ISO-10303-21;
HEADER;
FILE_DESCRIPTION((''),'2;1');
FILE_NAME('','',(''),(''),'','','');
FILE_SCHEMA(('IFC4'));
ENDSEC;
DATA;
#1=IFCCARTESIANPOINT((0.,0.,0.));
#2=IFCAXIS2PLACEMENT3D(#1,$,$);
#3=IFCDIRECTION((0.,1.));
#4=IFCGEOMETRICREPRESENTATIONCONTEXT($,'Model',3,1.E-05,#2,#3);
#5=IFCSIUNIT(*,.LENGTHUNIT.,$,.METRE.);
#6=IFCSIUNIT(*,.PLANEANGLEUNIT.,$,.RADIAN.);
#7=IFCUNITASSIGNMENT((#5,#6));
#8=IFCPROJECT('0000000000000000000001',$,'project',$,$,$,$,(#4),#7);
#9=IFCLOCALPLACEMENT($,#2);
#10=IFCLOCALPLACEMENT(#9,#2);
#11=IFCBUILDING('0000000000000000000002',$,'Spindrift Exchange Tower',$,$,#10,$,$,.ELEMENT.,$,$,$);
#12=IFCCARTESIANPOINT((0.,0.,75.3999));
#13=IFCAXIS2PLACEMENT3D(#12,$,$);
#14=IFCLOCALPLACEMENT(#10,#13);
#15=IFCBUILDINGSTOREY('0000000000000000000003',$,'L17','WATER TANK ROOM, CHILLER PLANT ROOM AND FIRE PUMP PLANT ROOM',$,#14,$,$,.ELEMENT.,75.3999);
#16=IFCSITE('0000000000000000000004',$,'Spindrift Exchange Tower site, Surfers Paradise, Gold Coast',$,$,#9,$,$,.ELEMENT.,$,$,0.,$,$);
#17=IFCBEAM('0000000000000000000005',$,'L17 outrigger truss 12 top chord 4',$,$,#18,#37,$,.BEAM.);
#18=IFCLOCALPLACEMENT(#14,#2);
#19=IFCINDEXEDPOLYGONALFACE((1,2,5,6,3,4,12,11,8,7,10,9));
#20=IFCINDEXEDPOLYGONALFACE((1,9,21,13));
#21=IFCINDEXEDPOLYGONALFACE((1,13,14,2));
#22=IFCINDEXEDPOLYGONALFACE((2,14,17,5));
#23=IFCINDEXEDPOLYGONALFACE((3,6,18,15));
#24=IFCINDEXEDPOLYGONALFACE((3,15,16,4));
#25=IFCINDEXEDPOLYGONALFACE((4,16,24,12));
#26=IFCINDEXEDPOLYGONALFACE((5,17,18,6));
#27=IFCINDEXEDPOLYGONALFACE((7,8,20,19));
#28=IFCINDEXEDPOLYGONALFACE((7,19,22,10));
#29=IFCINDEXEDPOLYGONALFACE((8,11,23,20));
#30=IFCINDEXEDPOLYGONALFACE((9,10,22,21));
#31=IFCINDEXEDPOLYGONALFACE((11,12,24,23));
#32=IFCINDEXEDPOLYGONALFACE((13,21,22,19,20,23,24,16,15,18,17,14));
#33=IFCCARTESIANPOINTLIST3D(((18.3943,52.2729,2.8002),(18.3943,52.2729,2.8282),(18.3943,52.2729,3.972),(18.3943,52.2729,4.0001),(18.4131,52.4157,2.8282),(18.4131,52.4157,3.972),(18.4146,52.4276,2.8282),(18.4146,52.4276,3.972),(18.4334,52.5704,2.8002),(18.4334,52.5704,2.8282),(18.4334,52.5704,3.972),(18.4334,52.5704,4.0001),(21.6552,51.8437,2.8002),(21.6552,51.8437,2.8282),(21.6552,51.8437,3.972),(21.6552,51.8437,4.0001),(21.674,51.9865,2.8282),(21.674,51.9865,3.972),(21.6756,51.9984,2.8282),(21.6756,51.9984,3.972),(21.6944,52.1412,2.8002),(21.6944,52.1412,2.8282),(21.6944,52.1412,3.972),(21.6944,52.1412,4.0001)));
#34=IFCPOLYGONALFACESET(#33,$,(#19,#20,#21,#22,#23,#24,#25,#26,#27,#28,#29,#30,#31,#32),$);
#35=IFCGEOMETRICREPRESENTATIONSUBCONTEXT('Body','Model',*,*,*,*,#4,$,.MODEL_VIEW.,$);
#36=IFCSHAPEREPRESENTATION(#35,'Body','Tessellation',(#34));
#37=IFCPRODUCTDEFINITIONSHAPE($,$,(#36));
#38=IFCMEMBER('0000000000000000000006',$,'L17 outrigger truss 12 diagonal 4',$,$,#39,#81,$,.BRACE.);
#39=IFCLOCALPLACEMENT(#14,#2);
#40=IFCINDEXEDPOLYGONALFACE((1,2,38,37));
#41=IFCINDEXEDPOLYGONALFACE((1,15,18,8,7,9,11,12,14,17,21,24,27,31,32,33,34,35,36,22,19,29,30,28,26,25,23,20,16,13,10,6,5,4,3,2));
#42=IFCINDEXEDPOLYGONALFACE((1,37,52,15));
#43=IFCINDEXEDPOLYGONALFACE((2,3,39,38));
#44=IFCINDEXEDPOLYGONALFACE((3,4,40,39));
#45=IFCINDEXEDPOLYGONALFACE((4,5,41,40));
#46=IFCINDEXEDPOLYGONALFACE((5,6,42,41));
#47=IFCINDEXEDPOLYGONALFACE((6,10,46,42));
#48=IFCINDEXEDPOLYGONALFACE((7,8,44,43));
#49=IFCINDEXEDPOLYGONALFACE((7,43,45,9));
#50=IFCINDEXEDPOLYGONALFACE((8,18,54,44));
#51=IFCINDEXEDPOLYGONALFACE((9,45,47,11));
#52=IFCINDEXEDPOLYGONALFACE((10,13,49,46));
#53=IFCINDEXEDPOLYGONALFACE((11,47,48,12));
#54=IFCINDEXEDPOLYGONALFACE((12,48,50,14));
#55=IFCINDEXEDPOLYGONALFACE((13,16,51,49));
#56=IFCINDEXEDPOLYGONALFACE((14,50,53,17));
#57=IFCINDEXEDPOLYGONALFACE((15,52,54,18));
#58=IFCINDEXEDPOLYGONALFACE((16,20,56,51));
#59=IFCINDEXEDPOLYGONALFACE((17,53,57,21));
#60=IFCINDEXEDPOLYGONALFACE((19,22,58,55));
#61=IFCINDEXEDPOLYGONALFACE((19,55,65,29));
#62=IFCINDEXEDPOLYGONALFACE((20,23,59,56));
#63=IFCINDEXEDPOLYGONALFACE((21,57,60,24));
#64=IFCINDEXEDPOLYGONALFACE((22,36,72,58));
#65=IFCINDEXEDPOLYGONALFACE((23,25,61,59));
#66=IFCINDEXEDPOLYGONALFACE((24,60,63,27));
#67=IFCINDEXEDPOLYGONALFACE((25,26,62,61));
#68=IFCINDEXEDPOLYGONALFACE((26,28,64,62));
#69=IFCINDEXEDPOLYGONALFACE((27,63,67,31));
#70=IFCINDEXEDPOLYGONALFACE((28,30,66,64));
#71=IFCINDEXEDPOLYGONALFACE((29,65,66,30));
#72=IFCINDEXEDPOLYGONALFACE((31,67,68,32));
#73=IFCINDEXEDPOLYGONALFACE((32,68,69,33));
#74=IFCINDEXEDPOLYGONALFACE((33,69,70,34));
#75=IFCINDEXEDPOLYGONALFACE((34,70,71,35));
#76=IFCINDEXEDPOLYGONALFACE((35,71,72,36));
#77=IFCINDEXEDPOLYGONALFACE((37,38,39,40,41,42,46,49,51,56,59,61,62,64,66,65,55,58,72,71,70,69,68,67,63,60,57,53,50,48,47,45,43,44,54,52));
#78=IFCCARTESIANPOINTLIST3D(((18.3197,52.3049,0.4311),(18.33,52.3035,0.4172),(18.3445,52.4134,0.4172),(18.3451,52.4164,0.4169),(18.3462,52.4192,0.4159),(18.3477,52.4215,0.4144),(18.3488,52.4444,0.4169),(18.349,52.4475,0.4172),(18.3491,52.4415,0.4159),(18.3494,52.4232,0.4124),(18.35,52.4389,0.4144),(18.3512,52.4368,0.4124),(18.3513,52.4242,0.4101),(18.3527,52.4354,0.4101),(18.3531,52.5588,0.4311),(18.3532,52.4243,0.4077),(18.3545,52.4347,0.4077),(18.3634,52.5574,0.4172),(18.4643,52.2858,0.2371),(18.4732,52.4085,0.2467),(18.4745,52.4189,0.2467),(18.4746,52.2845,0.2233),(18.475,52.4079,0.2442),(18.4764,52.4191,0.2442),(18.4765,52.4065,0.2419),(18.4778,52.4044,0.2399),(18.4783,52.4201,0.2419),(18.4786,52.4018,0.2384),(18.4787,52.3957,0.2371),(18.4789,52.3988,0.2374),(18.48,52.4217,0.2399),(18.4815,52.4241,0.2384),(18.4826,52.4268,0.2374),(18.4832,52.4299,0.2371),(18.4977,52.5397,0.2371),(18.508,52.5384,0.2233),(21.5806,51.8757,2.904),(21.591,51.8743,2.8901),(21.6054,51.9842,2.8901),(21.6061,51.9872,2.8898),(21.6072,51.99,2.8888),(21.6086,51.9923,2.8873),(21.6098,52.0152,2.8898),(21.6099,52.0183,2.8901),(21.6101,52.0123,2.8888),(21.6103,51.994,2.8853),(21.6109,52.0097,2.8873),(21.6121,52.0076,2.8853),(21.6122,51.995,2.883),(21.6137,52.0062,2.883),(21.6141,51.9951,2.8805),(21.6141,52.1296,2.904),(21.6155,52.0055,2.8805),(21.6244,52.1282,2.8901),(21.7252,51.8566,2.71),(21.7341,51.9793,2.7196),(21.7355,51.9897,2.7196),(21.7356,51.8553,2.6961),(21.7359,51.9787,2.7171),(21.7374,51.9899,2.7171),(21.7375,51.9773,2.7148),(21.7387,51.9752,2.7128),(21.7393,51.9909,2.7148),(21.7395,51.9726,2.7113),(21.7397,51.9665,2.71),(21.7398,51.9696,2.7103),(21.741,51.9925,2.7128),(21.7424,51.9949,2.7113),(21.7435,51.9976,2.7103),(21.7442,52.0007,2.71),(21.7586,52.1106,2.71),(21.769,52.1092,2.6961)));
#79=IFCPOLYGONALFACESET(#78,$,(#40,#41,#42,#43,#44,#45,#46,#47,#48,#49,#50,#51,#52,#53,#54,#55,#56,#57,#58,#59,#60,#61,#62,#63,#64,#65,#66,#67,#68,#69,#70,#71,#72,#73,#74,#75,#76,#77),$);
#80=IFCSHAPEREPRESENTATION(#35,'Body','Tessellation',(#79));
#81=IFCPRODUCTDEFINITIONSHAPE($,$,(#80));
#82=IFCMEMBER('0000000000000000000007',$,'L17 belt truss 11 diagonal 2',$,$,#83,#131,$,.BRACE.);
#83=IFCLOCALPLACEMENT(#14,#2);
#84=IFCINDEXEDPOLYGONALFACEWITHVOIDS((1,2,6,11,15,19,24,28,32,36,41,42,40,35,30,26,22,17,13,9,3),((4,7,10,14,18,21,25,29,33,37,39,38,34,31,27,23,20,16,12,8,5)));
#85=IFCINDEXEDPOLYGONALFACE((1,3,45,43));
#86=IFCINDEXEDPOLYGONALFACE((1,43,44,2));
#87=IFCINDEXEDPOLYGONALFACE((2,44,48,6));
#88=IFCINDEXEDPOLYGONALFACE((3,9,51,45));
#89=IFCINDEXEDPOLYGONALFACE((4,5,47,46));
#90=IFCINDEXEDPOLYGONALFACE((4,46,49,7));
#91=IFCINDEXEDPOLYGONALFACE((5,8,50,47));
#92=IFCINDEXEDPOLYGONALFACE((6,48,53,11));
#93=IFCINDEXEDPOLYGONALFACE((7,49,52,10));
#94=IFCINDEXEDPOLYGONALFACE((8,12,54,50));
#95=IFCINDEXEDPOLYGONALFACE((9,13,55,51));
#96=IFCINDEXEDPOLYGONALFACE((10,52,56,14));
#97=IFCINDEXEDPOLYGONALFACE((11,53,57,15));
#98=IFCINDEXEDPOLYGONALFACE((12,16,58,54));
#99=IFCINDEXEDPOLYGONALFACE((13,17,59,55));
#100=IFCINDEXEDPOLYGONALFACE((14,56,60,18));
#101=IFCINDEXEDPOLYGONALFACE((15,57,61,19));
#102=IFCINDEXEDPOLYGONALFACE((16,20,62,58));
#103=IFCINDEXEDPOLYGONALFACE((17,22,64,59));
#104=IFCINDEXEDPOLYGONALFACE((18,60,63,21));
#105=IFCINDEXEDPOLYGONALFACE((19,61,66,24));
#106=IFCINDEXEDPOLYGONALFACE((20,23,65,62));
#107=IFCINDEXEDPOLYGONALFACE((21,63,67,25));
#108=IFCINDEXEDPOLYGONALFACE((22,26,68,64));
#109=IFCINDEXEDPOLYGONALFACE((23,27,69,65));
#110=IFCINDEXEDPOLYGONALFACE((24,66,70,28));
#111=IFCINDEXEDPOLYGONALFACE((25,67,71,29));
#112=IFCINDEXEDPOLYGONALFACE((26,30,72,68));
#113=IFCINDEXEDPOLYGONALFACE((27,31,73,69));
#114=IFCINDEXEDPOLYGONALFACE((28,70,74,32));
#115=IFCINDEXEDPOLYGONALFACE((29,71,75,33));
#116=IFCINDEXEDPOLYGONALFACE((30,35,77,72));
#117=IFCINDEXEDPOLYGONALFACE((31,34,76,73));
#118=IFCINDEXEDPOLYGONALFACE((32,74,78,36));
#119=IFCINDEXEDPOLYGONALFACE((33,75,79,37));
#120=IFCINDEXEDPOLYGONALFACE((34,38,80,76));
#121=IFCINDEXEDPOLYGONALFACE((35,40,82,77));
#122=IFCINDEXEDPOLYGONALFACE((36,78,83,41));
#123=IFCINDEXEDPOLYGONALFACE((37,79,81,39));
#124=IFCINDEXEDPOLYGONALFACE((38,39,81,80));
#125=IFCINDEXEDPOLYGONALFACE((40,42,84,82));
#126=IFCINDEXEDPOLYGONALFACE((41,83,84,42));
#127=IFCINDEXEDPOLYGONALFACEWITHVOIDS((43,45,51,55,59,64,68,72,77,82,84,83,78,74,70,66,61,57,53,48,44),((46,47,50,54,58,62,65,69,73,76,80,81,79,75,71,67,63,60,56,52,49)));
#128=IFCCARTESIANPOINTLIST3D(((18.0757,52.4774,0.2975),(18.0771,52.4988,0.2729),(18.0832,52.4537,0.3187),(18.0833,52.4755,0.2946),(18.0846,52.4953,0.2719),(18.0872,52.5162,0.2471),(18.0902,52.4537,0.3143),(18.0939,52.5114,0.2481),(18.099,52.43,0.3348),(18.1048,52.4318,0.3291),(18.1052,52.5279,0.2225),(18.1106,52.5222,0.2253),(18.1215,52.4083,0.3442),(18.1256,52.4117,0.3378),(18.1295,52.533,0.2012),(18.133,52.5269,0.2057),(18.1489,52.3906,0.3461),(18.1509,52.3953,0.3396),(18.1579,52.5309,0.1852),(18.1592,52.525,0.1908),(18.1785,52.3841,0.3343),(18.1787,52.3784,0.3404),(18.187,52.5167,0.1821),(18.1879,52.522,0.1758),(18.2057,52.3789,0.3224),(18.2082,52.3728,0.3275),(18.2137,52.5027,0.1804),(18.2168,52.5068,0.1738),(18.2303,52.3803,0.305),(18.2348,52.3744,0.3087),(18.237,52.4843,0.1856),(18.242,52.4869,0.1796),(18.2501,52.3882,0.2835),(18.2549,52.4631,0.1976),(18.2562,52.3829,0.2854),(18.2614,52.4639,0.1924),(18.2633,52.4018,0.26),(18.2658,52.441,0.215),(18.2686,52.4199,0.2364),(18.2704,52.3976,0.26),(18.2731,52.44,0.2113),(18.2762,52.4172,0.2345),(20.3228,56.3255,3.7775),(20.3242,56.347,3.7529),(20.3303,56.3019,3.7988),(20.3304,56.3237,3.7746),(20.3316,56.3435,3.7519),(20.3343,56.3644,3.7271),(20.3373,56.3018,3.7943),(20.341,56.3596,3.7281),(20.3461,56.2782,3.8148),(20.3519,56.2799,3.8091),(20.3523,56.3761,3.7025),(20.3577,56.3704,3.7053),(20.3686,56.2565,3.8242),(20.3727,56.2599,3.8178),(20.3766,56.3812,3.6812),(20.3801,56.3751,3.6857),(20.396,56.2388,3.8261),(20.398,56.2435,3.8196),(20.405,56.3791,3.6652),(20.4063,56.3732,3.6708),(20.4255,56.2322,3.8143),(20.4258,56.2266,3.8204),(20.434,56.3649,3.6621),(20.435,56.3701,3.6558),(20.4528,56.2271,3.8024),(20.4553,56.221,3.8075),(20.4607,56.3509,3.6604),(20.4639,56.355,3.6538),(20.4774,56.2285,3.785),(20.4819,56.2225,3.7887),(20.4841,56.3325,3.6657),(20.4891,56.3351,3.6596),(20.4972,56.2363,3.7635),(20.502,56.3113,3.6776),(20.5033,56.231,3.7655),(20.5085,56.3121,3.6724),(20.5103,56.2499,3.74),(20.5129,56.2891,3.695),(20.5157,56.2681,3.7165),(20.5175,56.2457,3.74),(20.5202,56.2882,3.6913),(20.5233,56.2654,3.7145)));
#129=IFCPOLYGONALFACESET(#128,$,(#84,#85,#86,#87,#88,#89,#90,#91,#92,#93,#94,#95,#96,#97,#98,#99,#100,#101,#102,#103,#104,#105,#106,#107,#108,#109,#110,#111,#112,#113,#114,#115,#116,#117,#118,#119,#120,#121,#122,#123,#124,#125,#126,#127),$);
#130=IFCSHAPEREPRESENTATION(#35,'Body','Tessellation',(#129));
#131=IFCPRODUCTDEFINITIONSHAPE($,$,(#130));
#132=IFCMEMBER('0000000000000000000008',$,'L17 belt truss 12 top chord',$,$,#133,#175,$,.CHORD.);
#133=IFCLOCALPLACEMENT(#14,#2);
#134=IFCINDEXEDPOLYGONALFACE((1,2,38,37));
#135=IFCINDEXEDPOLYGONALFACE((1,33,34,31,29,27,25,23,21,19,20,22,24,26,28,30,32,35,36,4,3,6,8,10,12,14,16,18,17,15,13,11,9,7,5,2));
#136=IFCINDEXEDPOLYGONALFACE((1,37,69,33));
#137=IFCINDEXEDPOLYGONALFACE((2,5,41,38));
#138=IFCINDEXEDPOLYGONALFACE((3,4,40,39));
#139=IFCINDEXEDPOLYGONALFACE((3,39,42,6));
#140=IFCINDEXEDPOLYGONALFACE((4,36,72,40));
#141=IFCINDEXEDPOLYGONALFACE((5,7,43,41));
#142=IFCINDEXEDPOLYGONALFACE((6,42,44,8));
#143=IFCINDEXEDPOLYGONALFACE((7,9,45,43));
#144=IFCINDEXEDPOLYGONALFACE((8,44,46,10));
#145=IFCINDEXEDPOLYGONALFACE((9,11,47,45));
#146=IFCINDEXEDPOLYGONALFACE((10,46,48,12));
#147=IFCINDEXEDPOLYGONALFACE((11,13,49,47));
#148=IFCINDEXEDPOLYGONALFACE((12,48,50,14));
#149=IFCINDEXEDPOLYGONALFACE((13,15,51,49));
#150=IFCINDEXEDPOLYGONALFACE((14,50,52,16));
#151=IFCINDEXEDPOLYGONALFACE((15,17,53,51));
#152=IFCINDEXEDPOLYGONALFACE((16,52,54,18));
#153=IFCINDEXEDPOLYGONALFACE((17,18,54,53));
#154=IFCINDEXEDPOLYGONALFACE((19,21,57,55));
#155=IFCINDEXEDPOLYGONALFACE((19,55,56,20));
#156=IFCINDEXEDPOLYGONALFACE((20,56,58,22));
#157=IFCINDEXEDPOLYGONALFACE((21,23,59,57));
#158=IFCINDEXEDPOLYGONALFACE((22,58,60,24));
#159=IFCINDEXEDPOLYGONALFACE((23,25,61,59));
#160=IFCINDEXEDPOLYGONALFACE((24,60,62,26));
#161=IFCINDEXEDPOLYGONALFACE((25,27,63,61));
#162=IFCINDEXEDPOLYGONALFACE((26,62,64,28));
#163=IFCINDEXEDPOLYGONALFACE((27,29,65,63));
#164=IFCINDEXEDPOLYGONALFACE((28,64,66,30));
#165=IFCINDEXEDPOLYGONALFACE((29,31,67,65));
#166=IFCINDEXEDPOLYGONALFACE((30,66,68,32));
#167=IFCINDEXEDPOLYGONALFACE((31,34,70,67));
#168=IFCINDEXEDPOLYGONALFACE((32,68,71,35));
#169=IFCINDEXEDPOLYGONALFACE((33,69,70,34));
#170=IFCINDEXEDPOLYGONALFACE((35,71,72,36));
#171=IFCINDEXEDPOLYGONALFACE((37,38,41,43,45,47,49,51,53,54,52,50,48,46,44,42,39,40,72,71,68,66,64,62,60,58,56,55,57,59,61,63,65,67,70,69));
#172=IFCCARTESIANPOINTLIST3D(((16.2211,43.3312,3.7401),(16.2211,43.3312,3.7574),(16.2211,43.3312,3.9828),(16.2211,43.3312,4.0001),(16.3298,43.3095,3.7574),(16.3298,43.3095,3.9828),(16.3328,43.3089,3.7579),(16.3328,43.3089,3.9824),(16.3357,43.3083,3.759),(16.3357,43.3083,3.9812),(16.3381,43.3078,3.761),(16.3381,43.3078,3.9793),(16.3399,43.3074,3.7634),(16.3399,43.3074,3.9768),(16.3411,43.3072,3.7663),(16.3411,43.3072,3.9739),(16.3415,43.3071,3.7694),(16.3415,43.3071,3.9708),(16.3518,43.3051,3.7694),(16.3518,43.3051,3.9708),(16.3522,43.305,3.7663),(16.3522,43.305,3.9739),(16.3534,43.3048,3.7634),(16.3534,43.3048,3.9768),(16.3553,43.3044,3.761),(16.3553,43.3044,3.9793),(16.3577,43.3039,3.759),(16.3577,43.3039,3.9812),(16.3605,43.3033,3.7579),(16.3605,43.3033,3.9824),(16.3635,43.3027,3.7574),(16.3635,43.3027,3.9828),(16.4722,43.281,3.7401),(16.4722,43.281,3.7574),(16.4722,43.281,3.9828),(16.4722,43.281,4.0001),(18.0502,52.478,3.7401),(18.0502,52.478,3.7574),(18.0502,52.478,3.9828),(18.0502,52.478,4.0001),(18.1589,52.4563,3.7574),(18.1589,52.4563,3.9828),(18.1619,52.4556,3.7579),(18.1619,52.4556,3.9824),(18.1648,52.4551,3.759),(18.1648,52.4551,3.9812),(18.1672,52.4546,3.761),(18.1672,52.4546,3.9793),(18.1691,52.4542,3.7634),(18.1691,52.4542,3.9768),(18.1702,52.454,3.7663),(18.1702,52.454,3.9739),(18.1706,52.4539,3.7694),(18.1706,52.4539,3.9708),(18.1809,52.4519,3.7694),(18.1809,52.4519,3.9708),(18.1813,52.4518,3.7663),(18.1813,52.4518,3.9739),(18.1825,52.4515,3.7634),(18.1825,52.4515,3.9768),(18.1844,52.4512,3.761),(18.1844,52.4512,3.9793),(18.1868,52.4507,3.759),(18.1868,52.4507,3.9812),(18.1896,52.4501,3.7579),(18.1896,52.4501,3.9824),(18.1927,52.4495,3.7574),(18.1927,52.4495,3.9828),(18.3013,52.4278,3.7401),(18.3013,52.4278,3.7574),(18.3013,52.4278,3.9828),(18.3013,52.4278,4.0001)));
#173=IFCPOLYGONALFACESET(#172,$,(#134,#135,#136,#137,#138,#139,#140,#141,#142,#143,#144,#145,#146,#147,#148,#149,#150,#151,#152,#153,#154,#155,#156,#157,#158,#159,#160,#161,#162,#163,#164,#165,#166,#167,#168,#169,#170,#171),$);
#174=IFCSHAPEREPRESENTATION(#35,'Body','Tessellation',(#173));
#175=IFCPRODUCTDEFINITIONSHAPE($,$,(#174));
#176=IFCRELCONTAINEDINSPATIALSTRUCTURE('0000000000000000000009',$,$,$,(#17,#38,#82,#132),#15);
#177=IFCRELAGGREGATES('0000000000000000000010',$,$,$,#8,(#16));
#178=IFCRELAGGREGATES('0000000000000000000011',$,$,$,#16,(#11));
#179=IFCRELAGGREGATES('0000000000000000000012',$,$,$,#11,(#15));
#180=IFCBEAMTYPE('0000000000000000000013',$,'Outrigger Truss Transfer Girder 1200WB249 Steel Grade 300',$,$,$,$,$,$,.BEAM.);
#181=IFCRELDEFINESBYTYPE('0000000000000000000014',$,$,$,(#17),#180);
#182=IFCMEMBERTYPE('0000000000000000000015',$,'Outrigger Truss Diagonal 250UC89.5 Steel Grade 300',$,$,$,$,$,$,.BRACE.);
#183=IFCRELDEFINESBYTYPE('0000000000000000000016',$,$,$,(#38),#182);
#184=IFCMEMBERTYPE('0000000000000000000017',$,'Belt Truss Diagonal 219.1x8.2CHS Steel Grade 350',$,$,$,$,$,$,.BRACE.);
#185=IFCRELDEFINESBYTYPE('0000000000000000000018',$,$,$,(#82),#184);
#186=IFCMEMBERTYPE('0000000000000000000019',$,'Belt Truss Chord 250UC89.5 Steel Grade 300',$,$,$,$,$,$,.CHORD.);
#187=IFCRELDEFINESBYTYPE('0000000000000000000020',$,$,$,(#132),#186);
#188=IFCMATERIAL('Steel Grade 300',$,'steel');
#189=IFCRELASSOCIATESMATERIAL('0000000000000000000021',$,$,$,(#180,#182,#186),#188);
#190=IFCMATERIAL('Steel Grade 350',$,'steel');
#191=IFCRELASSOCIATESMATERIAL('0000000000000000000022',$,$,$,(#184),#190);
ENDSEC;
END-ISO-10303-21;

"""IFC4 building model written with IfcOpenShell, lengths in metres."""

from ifc_helpers import new_model, si_unit, direction, frame, origin, origin_2d, place, context, subcontext, project, spatial, hollow_circle, i_section, extrude, source, transform, mapped, material, material_profile, profile_set, type_object, element, save


model = new_model("IFC4")

# Units and contexts
model_context = context("Model", 3, precision=1e-05, world=origin(), true_north=direction((0.0, 1.0)))
body_context = subcontext(model_context, "Body", "Model", "MODEL_VIEW")
ifc_project = project(units=[si_unit("LENGTHUNIT", "METRE"), si_unit("PLANEANGLEUNIT", "RADIAN")], contexts=[model_context])

# Site, building, storey
site_placement = place(None, origin())
site = spatial("IfcSite", under=ifc_project, at=site_placement, Name="Spindrift Exchange Tower site, Surfers Paradise, Gold Coast", CompositionType="ELEMENT", RefElevation=0.0)
building_placement = place(site_placement, origin())
building = spatial("IfcBuilding", under=site, at=building_placement, Name="Spindrift Exchange Tower", CompositionType="ELEMENT")
storey_placement = place(building_placement, frame((0.0, 0.0, 75.3999)))
storey = spatial("IfcBuildingStorey", under=building, at=storey_placement, Name="L17", Description="WATER TANK ROOM, CHILLER PLANT ROOM AND FIRE PUMP PLANT ROOM", CompositionType="ELEMENT", Elevation=75.3999)

# Shared definitions
ifc_material_1 = material(Name="Steel Grade 300", Category="steel")

# Shared definitions
ifc_material_profile_1 = material_profile(ifc_material_1, i_section(OverallWidth=0.3, OverallDepth=1.2, WebThickness=0.012, FlangeThickness=0.0281, at=origin_2d()), Name="1200WB249")
ifc_profile_set_1 = profile_set([ifc_material_profile_1], Name="Steel Grade 300")
beam_type_1 = type_object("IfcBeamType", Name="Outrigger Truss Transfer Girder 1200WB249 Steel Grade 300", PredefinedType="BEAM", material=ifc_profile_set_1)

# Shared definitions
ifc_material_profile_2 = material_profile(ifc_material_1, i_section(OverallWidth=0.2561, OverallDepth=0.26, WebThickness=0.0105, FlangeThickness=0.0173, FilletRadius=0.012, at=origin_2d()), Name="250UC89.5")
ifc_profile_set_2 = profile_set([ifc_material_profile_2], Name="Steel Grade 300")
member_type_1 = type_object("IfcMemberType", Name="Outrigger Truss Diagonal 250UC89.5 Steel Grade 300", PredefinedType="BRACE", material=ifc_profile_set_2)

# Beam
shared_shape_1 = source(origin(), body_context, "Body", "SweptSolid", [
    extrude(i_section(OverallWidth=0.3, OverallDepth=1.2, WebThickness=0.012, FlangeThickness=0.0281, at=origin_2d()), origin(), (0.0, 0.0, 1.0), 3.2891),
])
beam_1_placement = place(storey_placement, frame((21.6748, 51.9924, 3.4001), z_axis=(-0.991449, 0.130491, 0.0), x_axis=(-0.130491, -0.991449, 0.0)))
element("IfcBeam", 1, at=beam_1_placement, inside=storey, type_object=beam_type_1, Name="L17 outrigger truss 12 top chord 4", PredefinedType="BEAM", context=body_context, shape_type="MappedRepresentation", body=[
    mapped(shared_shape_1, transform((0.0, 0.0, 0.0), scale=1.0)),
])

# Members
shared_shape_2 = source(origin(), body_context, "Body", "SweptSolid", [
    extrude(i_section(OverallWidth=0.2561, OverallDepth=0.26, WebThickness=0.0105, FlangeThickness=0.0173, FilletRadius=0.012, at=origin_2d()), origin(), (0.0, 0.0, 1.0), 4.115),
])
member_1_placement = place(storey_placement, frame((21.6748, 51.9924, 2.8), z_axis=(-0.792457, 0.1043, -0.600943), x_axis=(-0.130491, -0.991449, 0.0)))
element("IfcMember", 2, at=member_1_placement, inside=storey, type_object=member_type_1, Name="L17 outrigger truss 12 diagonal 4", PredefinedType="BRACE", context=body_context, shape_type="MappedRepresentation", body=[
    mapped(shared_shape_2, transform((0.0, 0.0, 0.0), scale=1.0)),
])
ifc_material_2 = material(Name="Steel Grade 350", Category="steel")
ifc_material_profile_3 = material_profile(ifc_material_2, hollow_circle(Radius=0.1096, WallThickness=0.0083, at=origin_2d()), Name="219.1x8.2CHS")
ifc_profile_set_3 = profile_set([ifc_material_profile_3], Name="Steel Grade 350")
member_type_2 = type_object("IfcMemberType", Name="Belt Truss Diagonal 219.1x8.2CHS Steel Grade 350", PredefinedType="BRACE", material=ifc_profile_set_3)
shared_shape_3 = source(origin(), body_context, "Body", "SweptSolid", [
    extrude(hollow_circle(Radius=0.1096, WallThickness=0.0083, at=origin_2d()), origin(), (0.0, 0.0, 1.0), 5.6541),
])
member_2_placement = place(storey_placement, frame((20.4229, 56.301, 3.74), z_axis=(-0.39743, -0.680605, -0.615489), x_axis=(0.863552, -0.504259, 0.0)))
element("IfcMember", 3, at=member_2_placement, inside=storey, type_object=member_type_2, Name="L17 belt truss 11 diagonal 2", PredefinedType="BRACE", context=body_context, shape_type="MappedRepresentation", body=[
    mapped(shared_shape_3, transform((0.0, 0.0, 0.0), scale=1.0)),
])
ifc_material_profile_4 = material_profile(ifc_material_1, i_section(OverallWidth=0.2561, OverallDepth=0.26, WebThickness=0.0105, FlangeThickness=0.0173, FilletRadius=0.012, at=origin_2d()), Name="250UC89.5")
ifc_profile_set_4 = profile_set([ifc_material_profile_4], Name="Steel Grade 300")
member_type_3 = type_object("IfcMemberType", Name="Belt Truss Chord 250UC89.5 Steel Grade 300", PredefinedType="CHORD", material=ifc_profile_set_4)
shared_shape_4 = source(origin(), body_context, "Body", "SweptSolid", [
    extrude(i_section(OverallWidth=0.2561, OverallDepth=0.26, WebThickness=0.0105, FlangeThickness=0.0173, FilletRadius=0.012, at=origin_2d()), origin(), (0.0, 0.0, 1.0), 9.3279),
])
for number, where, z_axis, x_axis, name in (
    (4, (18.1758, 52.4529, 3.8701), (-0.196091, -0.980586, 0.0), (0.980586, -0.196091, 0.0), "L17 belt truss 12 top chord"),
):
    element("IfcMember", number, at=place(storey_placement, frame(where, z_axis=z_axis, x_axis=x_axis)), inside=storey, type_object=member_type_3, Name=name, PredefinedType="CHORD", context=body_context, shape_type="MappedRepresentation", body=[
        mapped(shared_shape_4, transform((0.0, 0.0, 0.0), scale=1.0)),
    ])

save(model, "model.ifc")
